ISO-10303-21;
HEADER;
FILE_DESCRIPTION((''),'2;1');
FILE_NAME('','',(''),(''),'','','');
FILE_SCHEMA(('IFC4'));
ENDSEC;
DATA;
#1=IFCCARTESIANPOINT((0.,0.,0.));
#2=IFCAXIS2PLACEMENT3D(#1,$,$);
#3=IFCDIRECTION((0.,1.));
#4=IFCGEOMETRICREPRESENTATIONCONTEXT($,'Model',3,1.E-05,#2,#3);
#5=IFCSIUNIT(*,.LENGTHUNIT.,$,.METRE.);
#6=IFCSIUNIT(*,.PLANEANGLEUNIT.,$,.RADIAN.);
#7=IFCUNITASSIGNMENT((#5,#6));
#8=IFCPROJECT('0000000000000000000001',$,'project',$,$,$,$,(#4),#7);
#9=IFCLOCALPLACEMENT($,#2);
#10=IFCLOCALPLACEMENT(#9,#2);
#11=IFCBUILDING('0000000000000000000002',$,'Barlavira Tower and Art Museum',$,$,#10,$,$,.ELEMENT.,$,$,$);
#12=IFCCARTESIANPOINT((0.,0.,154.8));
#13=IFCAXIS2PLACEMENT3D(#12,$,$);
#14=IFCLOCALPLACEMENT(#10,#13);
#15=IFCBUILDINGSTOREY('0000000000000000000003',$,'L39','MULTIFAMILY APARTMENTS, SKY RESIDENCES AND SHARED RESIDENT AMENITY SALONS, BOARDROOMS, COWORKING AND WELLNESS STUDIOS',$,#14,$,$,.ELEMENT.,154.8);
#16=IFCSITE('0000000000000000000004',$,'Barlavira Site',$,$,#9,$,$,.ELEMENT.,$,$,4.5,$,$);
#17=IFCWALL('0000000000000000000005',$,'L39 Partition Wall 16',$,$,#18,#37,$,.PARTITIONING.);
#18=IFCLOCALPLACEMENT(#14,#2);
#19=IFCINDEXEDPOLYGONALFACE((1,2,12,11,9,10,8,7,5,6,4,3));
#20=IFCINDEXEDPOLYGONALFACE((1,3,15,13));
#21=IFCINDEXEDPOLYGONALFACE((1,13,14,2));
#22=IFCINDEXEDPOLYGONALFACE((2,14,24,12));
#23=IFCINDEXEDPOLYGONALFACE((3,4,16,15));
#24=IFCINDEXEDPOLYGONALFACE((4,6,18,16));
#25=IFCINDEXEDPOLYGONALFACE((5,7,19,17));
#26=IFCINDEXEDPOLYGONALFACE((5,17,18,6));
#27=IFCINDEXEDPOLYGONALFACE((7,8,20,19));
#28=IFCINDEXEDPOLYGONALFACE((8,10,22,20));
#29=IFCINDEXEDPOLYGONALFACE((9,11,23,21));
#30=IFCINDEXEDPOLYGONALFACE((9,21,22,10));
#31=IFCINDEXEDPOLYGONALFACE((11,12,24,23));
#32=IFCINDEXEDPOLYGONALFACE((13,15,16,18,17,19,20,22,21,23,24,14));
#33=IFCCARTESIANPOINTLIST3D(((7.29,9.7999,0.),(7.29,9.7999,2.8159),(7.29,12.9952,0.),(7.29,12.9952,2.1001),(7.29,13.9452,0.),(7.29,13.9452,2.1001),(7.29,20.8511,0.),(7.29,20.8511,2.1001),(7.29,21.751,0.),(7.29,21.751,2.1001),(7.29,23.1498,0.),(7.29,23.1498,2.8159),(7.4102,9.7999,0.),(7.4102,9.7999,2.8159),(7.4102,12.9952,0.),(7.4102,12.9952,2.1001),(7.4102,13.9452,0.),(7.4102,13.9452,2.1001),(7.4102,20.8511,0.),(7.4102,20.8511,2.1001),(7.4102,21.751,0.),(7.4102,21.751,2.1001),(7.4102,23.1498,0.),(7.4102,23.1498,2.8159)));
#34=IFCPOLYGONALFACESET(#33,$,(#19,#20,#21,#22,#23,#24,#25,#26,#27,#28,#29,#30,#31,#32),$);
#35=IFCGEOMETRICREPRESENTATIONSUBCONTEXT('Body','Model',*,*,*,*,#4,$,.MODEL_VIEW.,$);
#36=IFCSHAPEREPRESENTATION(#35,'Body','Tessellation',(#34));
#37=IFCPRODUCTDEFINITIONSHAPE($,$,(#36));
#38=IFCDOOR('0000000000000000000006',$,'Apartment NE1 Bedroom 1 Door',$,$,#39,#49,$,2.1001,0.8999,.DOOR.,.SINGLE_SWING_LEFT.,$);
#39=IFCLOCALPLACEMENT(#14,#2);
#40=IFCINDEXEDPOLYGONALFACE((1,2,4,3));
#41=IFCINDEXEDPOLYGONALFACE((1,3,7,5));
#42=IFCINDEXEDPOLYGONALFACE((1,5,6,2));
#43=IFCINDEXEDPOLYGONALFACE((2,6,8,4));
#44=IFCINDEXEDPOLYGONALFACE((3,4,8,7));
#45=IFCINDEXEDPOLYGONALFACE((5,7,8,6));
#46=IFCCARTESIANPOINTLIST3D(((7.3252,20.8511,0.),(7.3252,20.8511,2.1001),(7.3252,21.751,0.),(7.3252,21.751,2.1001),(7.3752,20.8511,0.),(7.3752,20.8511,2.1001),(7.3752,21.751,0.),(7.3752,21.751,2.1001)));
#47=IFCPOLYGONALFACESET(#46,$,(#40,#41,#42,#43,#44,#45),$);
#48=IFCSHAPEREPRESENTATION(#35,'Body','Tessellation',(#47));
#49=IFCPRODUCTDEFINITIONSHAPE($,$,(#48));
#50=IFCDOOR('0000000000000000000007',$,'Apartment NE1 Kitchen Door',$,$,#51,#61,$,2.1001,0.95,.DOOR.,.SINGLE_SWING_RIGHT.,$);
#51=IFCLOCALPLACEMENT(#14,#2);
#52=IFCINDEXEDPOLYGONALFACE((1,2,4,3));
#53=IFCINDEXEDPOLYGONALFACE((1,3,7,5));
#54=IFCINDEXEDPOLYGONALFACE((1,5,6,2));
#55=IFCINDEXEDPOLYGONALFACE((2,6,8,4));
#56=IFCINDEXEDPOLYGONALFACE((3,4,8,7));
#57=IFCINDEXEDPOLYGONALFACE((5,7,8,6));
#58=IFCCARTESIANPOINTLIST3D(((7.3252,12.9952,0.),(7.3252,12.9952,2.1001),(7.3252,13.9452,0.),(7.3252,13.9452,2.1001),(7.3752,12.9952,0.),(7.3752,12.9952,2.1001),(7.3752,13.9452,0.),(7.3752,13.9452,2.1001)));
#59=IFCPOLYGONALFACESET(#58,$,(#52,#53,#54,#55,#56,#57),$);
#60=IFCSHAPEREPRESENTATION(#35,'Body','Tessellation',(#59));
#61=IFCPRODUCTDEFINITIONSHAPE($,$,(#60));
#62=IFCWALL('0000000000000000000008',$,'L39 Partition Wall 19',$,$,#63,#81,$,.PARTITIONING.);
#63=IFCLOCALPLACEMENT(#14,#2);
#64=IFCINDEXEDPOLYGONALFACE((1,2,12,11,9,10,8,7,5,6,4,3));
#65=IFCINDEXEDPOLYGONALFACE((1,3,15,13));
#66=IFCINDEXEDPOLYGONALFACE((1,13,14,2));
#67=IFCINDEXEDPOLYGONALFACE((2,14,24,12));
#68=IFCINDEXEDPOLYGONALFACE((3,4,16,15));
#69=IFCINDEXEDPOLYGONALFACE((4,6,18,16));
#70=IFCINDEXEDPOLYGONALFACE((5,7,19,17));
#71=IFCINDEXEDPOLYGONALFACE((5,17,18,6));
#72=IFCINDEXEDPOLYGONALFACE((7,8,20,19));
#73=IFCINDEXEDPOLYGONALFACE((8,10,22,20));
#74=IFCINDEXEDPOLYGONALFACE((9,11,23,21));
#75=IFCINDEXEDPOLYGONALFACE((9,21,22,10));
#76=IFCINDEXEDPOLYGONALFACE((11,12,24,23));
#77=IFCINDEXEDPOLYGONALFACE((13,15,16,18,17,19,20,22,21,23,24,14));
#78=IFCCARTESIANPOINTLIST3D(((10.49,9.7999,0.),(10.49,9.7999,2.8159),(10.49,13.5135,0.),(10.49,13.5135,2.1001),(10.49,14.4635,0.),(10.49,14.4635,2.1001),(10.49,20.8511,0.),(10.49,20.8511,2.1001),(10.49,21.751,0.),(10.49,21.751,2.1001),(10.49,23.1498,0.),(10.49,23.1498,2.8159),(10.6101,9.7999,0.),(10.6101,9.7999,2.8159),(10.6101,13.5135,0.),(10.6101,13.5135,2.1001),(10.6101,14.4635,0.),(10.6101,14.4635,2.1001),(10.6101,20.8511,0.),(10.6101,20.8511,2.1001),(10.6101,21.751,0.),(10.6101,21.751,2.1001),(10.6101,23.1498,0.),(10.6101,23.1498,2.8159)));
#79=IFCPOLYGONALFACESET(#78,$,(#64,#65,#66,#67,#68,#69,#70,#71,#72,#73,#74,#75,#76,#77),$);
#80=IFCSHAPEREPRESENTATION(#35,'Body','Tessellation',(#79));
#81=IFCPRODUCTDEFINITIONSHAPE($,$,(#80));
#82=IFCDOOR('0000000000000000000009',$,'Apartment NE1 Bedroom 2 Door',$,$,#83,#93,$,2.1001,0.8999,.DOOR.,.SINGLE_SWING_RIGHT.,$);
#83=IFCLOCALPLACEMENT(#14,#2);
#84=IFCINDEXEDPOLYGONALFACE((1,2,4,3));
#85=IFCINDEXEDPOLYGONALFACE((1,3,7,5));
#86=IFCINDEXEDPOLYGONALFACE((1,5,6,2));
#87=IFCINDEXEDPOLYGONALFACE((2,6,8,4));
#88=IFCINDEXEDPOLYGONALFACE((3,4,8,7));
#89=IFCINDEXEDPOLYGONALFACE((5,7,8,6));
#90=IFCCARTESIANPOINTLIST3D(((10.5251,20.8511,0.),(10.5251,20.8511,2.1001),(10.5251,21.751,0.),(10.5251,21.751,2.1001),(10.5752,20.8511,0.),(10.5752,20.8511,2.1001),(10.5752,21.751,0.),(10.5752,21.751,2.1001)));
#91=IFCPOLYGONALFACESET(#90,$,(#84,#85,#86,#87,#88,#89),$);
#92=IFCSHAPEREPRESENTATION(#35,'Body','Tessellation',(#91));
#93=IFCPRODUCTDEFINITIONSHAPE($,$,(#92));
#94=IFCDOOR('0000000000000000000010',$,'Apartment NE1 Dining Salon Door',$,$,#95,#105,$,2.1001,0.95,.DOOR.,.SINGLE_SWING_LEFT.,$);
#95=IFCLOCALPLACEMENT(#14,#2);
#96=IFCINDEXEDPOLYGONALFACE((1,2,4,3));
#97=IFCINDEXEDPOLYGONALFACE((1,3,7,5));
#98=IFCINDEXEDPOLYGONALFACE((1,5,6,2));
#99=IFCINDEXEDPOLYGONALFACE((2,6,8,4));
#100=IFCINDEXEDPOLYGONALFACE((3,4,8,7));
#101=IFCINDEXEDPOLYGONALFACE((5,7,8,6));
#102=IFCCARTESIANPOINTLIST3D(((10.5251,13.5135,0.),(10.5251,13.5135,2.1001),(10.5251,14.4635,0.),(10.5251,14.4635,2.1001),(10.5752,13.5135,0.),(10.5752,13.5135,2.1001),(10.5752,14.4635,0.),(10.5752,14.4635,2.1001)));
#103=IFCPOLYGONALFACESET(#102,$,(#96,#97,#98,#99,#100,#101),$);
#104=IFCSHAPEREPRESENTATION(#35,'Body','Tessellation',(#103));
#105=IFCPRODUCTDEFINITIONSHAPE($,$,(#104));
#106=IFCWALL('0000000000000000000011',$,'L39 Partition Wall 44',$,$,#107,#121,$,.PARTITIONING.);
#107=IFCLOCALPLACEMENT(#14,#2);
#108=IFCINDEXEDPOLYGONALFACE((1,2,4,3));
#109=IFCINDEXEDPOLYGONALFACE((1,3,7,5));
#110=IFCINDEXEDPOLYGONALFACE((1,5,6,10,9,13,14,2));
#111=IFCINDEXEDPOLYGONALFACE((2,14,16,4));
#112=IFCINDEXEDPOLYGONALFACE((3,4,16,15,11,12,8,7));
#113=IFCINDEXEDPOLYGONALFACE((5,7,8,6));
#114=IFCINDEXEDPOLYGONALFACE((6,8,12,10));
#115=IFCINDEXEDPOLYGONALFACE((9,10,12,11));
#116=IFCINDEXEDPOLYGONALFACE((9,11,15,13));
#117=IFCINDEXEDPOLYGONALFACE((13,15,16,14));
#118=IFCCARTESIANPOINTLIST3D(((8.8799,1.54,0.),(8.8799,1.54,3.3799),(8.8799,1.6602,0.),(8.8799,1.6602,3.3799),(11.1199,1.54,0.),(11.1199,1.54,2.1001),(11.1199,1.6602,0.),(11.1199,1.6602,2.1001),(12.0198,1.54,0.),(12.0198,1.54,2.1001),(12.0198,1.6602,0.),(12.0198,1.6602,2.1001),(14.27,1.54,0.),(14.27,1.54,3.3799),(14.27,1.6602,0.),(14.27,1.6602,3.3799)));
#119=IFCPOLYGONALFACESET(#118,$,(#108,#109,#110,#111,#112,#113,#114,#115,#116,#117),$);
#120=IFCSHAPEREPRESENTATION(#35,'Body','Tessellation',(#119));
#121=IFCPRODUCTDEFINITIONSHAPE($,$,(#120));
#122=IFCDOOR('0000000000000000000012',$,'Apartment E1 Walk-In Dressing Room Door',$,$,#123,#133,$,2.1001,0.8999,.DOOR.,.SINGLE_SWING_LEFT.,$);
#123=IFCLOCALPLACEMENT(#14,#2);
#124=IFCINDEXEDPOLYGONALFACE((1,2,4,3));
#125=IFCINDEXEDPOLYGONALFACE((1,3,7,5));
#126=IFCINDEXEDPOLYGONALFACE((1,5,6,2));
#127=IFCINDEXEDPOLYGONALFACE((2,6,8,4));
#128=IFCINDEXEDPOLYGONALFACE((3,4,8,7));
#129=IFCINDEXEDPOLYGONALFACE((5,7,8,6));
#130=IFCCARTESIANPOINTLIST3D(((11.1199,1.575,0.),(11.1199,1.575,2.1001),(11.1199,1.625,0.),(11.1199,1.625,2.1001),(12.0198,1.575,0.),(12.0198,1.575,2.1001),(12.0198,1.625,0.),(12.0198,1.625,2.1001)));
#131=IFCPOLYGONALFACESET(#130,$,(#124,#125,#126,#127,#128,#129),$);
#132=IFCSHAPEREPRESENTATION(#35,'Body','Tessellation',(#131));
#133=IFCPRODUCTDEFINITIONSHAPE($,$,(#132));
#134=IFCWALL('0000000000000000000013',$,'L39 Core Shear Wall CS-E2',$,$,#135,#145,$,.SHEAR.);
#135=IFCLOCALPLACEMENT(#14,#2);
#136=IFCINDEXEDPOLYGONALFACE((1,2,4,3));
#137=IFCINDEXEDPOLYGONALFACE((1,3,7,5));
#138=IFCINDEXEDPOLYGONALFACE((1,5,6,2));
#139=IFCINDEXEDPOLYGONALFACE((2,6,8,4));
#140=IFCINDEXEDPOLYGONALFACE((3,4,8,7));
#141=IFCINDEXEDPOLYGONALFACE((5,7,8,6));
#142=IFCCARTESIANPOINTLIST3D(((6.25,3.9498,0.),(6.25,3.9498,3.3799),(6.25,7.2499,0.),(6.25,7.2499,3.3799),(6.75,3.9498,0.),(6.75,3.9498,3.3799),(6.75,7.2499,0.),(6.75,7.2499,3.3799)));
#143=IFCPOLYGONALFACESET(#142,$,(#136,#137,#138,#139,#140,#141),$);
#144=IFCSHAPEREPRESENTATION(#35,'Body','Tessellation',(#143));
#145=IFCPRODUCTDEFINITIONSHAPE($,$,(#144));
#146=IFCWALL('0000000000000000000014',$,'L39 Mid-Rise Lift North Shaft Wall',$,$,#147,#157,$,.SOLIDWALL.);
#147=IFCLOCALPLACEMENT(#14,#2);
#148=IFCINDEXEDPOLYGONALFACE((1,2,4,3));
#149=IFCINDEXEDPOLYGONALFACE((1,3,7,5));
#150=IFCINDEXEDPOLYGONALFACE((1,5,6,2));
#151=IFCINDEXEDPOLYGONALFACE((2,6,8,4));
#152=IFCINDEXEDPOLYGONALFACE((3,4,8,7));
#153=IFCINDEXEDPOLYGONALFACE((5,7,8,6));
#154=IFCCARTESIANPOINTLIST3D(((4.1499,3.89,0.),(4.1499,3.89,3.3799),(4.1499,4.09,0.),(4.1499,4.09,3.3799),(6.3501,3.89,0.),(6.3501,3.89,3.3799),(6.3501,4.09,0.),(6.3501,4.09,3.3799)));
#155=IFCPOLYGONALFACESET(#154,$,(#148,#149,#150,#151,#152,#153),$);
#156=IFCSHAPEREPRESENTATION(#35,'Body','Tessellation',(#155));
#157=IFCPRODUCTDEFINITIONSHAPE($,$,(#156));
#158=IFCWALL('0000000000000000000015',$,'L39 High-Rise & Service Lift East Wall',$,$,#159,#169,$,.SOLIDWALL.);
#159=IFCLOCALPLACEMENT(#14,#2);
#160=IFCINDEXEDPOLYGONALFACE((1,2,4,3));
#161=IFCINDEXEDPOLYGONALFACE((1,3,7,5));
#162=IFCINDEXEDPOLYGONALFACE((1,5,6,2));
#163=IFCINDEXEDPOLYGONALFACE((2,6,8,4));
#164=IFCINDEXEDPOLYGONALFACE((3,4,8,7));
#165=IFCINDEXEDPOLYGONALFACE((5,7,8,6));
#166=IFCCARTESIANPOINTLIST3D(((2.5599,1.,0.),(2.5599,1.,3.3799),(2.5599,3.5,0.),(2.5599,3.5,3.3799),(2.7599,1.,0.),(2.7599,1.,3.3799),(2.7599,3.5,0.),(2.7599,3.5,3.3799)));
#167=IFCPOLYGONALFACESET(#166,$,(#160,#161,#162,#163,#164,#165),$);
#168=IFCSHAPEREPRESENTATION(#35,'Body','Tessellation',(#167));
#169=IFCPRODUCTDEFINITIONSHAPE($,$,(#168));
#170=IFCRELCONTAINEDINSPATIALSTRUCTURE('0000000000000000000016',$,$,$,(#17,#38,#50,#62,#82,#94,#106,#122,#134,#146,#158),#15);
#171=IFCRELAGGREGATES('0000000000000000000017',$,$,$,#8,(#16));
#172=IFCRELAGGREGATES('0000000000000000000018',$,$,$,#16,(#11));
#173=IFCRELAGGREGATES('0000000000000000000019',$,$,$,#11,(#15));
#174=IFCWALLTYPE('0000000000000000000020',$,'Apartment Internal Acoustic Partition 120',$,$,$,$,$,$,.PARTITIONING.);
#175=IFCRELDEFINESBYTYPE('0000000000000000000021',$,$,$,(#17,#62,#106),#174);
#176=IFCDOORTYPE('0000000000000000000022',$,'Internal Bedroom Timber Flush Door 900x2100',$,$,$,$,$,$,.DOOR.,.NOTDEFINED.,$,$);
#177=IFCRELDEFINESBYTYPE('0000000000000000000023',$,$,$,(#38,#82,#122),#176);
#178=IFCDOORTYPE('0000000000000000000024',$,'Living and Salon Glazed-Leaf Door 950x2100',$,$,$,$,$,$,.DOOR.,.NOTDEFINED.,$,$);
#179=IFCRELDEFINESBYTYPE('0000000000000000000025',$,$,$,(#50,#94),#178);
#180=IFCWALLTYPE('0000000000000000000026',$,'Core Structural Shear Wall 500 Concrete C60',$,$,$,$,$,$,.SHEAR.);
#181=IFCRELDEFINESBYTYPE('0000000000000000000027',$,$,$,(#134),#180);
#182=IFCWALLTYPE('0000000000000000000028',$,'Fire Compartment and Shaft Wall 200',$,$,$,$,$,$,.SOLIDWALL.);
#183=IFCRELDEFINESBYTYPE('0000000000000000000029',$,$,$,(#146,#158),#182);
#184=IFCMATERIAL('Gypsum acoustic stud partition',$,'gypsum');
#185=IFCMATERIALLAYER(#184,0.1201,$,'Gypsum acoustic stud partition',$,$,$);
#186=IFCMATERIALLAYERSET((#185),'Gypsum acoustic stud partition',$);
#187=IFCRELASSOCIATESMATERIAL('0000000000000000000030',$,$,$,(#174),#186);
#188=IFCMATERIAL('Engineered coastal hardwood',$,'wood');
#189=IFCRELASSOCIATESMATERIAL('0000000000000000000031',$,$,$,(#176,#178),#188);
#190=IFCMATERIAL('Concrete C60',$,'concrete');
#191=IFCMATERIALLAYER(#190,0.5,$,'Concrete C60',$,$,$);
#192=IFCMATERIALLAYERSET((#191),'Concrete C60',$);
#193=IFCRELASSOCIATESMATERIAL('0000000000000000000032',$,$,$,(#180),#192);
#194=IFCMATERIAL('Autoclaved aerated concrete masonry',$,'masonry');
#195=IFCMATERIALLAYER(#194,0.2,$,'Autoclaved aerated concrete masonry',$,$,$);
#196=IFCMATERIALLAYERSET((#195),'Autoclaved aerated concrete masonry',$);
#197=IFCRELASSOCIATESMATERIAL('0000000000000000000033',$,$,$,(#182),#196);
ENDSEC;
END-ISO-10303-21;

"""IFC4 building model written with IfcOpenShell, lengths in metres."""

from ifc_helpers import new_model, si_unit, direction, frame, frame_2d, origin, place, context, subcontext, project, spatial, rectangle, extrude, material, layer, layer_set, type_object, element, fill, save


model = new_model("IFC4")

# Units and contexts
model_context = context("Model", 3, precision=1e-05, world=origin(), true_north=direction((0.0, 1.0)))
body_context = subcontext(model_context, "Body", "Model", "MODEL_VIEW")
ifc_project = project(units=[si_unit("LENGTHUNIT", "METRE"), si_unit("PLANEANGLEUNIT", "RADIAN")], contexts=[model_context])

# Site, building, storey
site_placement = place(None, origin())
site = spatial("IfcSite", under=ifc_project, at=site_placement, Name="Barlavira Site", CompositionType="ELEMENT", RefElevation=4.5)
building_placement = place(site_placement, origin())
building = spatial("IfcBuilding", under=site, at=building_placement, Name="Barlavira Tower and Art Museum", CompositionType="ELEMENT")
storey_placement = place(building_placement, frame((0.0, 0.0, 154.8)))
storey = spatial("IfcBuildingStorey", under=building, at=storey_placement, Name="L39", Description="MULTIFAMILY APARTMENTS, SKY RESIDENCES AND SHARED RESIDENT AMENITY SALONS, BOARDROOMS, COWORKING AND WELLNESS STUDIOS", CompositionType="ELEMENT", Elevation=154.8)

# Walls, openings, doors
ifc_material_1 = material(Name="Gypsum acoustic stud partition", Category="gypsum")
ifc_layer_1 = layer(ifc_material_1, 0.1201, Name="Gypsum acoustic stud partition")
ifc_layer_set_1 = layer_set([ifc_layer_1], Name="Gypsum acoustic stud partition")
wall_type_1 = type_object("IfcWallType", Name="Apartment Internal Acoustic Partition 120", PredefinedType="PARTITIONING", material=ifc_layer_set_1)
wall_1_placement = place(storey_placement, frame((7.3501, 9.8, 0.0), z_axis=(0.0, 0.0, 1.0), x_axis=(0.0, 1.0, 0.0)))
wall_1 = element("IfcWall", 1, at=wall_1_placement, inside=storey, type_object=wall_type_1, Name="L39 Partition Wall 16", PredefinedType="PARTITIONING", context=body_context, shape_type="SweptSolid", body=[
    extrude(rectangle(XDim=13.3499, YDim=0.1201, at=frame_2d((6.6748, 0.0))), origin(), (0.0, 0.0, 1.0), 2.8159),
])
opening_1_placement = place(wall_1_placement, frame((3.1951, 0.0, 0.0)))
opening_1 = element("IfcOpeningElement", 2, at=opening_1_placement, cuts=wall_1, PredefinedType="OPENING", context=body_context, shape_type="SweptSolid", body=[
    extrude(rectangle(XDim=0.95, YDim=2.1001, at=frame_2d((0.4751, 1.05))), frame((0.0, 0.0701, 0.0), z_axis=(0.0, -1.0, 0.0), x_axis=(1.0, 0.0, 0.0)), (0.0, 0.0, 1.0), 0.1401),
])
opening_2_placement = place(wall_1_placement, frame((11.051, 0.0, 0.0)))
opening_2 = element("IfcOpeningElement", 3, at=opening_2_placement, cuts=wall_1, PredefinedType="OPENING", context=body_context, shape_type="SweptSolid", body=[
    extrude(rectangle(XDim=0.8999, YDim=2.1001, at=frame_2d((0.45, 1.05))), frame((0.0, 0.0701, 0.0), z_axis=(0.0, -1.0, 0.0), x_axis=(1.0, 0.0, 0.0)), (0.0, 0.0, 1.0), 0.1401),
])
ifc_material_2 = material(Name="Engineered coastal hardwood", Category="wood")
door_type_1 = type_object("IfcDoorType", Name="Internal Bedroom Timber Flush Door 900x2100", OperationType="NOTDEFINED", PredefinedType="DOOR", material=ifc_material_2)
door_1_placement = place(opening_2_placement, origin())
door_1 = element("IfcDoor", 4, at=door_1_placement, inside=storey, type_object=door_type_1, Name="Apartment NE1 Bedroom 1 Door", OperationType="SINGLE_SWING_LEFT", OverallHeight=2.1001, OverallWidth=0.8999, PredefinedType="DOOR", context=body_context, shape_type="SweptSolid", body=[
    extrude(rectangle(XDim=0.8999, YDim=2.1001, at=frame_2d((0.45, 1.05))), frame((0.0, 0.0249, 0.0), z_axis=(0.0, -1.0, 0.0), x_axis=(1.0, 0.0, 0.0)), (0.0, 0.0, 1.0), 0.05),
])
fill(opening_2, door_1)
door_type_2 = type_object("IfcDoorType", Name="Living and Salon Glazed-Leaf Door 950x2100", OperationType="NOTDEFINED", PredefinedType="DOOR", material=ifc_material_2)
door_2_placement = place(opening_1_placement, origin())
door_2 = element("IfcDoor", 5, at=door_2_placement, inside=storey, type_object=door_type_2, Name="Apartment NE1 Kitchen Door", OperationType="SINGLE_SWING_RIGHT", OverallHeight=2.1001, OverallWidth=0.95, PredefinedType="DOOR", context=body_context, shape_type="SweptSolid", body=[
    extrude(rectangle(XDim=0.95, YDim=2.1001, at=frame_2d((0.4751, 1.05))), frame((0.0, 0.0249, 0.0), z_axis=(0.0, -1.0, 0.0), x_axis=(1.0, 0.0, 0.0)), (0.0, 0.0, 1.0), 0.05),
])
fill(opening_1, door_2)
wall_2_placement = place(storey_placement, frame((10.55, 9.8, 0.0), z_axis=(0.0, 0.0, 1.0), x_axis=(0.0, 1.0, 0.0)))
wall_2 = element("IfcWall", 6, at=wall_2_placement, inside=storey, type_object=wall_type_1, Name="L39 Partition Wall 19", PredefinedType="PARTITIONING", context=body_context, shape_type="SweptSolid", body=[
    extrude(rectangle(XDim=13.3499, YDim=0.1201, at=frame_2d((6.6748, 0.0))), origin(), (0.0, 0.0, 1.0), 2.8159),
])
opening_3_placement = place(wall_2_placement, frame((3.7134, 0.0, 0.0)))
opening_3 = element("IfcOpeningElement", 7, at=opening_3_placement, cuts=wall_2, PredefinedType="OPENING", context=body_context, shape_type="SweptSolid", body=[
    extrude(rectangle(XDim=0.95, YDim=2.1001, at=frame_2d((0.4751, 1.05))), frame((0.0, 0.0701, 0.0), z_axis=(0.0, -1.0, 0.0), x_axis=(1.0, 0.0, 0.0)), (0.0, 0.0, 1.0), 0.1401),
])
opening_4_placement = place(wall_2_placement, frame((11.051, 0.0, 0.0)))
opening_4 = element("IfcOpeningElement", 8, at=opening_4_placement, cuts=wall_2, PredefinedType="OPENING", context=body_context, shape_type="SweptSolid", body=[
    extrude(rectangle(XDim=0.8999, YDim=2.1001, at=frame_2d((0.45, 1.05))), frame((0.0, 0.0701, 0.0), z_axis=(0.0, -1.0, 0.0), x_axis=(1.0, 0.0, 0.0)), (0.0, 0.0, 1.0), 0.1401),
])
door_3_placement = place(opening_4_placement, origin())
door_3 = element("IfcDoor", 9, at=door_3_placement, inside=storey, type_object=door_type_1, Name="Apartment NE1 Bedroom 2 Door", OperationType="SINGLE_SWING_RIGHT", OverallHeight=2.1001, OverallWidth=0.8999, PredefinedType="DOOR", context=body_context, shape_type="SweptSolid", body=[
    extrude(rectangle(XDim=0.8999, YDim=2.1001, at=frame_2d((0.45, 1.05))), frame((0.0, 0.0249, 0.0), z_axis=(0.0, -1.0, 0.0), x_axis=(1.0, 0.0, 0.0)), (0.0, 0.0, 1.0), 0.05),
])
fill(opening_4, door_3)
door_4_placement = place(opening_3_placement, origin())
door_4 = element("IfcDoor", 10, at=door_4_placement, inside=storey, type_object=door_type_2, Name="Apartment NE1 Dining Salon Door", OperationType="SINGLE_SWING_LEFT", OverallHeight=2.1001, OverallWidth=0.95, PredefinedType="DOOR", context=body_context, shape_type="SweptSolid", body=[
    extrude(rectangle(XDim=0.95, YDim=2.1001, at=frame_2d((0.4751, 1.05))), frame((0.0, 0.0249, 0.0), z_axis=(0.0, -1.0, 0.0), x_axis=(1.0, 0.0, 0.0)), (0.0, 0.0, 1.0), 0.05),
])
fill(opening_3, door_4)

# Wall, opening, door
wall_3_placement = place(storey_placement, frame((8.8799, 1.6001, 0.0), z_axis=(0.0, 0.0, 1.0), x_axis=(1.0, 0.0, 0.0)))
wall_3 = element("IfcWall", 11, at=wall_3_placement, inside=storey, type_object=wall_type_1, Name="L39 Partition Wall 44", PredefinedType="PARTITIONING", context=body_context, shape_type="SweptSolid", body=[
    extrude(rectangle(XDim=5.3901, YDim=0.1201, at=frame_2d((2.6951, 0.0))), origin(), (0.0, 0.0, 1.0), 3.3799),
])
opening_5_placement = place(wall_3_placement, frame((2.24, 0.0, 0.0)))
opening_5 = element("IfcOpeningElement", 12, at=opening_5_placement, cuts=wall_3, PredefinedType="OPENING", context=body_context, shape_type="SweptSolid", body=[
    extrude(rectangle(XDim=0.8999, YDim=2.1001, at=frame_2d((0.45, 1.05))), frame((0.0, 0.0701, 0.0), z_axis=(0.0, -1.0, 0.0), x_axis=(1.0, 0.0, 0.0)), (0.0, 0.0, 1.0), 0.1401),
])
door_5_placement = place(opening_5_placement, origin())
door_5 = element("IfcDoor", 13, at=door_5_placement, inside=storey, type_object=door_type_1, Name="Apartment E1 Walk-In Dressing Room Door", OperationType="SINGLE_SWING_LEFT", OverallHeight=2.1001, OverallWidth=0.8999, PredefinedType="DOOR", context=body_context, shape_type="SweptSolid", body=[
    extrude(rectangle(XDim=0.8999, YDim=2.1001, at=frame_2d((0.45, 1.05))), frame((0.0, 0.0249, 0.0), z_axis=(0.0, -1.0, 0.0), x_axis=(1.0, 0.0, 0.0)), (0.0, 0.0, 1.0), 0.05),
])
fill(opening_5, door_5)

# Walls
ifc_material_3 = material(Name="Concrete C60", Category="concrete")
ifc_layer_2 = layer(ifc_material_3, 0.5, Name="Concrete C60")
ifc_layer_set_2 = layer_set([ifc_layer_2], Name="Concrete C60")
wall_type_2 = type_object("IfcWallType", Name="Core Structural Shear Wall 500 Concrete C60", PredefinedType="SHEAR", material=ifc_layer_set_2)
wall_4_placement = place(storey_placement, frame((6.5, 3.95, 0.0), z_axis=(0.0, 0.0, 1.0), x_axis=(0.0, 1.0, 0.0)))
element("IfcWall", 14, at=wall_4_placement, inside=storey, type_object=wall_type_2, Name="L39 Core Shear Wall CS-E2", PredefinedType="SHEAR", context=body_context, shape_type="SweptSolid", body=[
    extrude(rectangle(XDim=3.3, YDim=0.5, at=frame_2d((1.6499, 0.0))), origin(), (0.0, 0.0, 1.0), 3.3799),
])
ifc_material_4 = material(Name="Autoclaved aerated concrete masonry", Category="masonry")
ifc_layer_3 = layer(ifc_material_4, 0.2, Name="Autoclaved aerated concrete masonry")
ifc_layer_set_3 = layer_set([ifc_layer_3], Name="Autoclaved aerated concrete masonry")
wall_type_3 = type_object("IfcWallType", Name="Fire Compartment and Shaft Wall 200", PredefinedType="SOLIDWALL", material=ifc_layer_set_3)
wall_5_placement = place(storey_placement, frame((4.1499, 3.99, 0.0), z_axis=(0.0, 0.0, 1.0), x_axis=(1.0, 0.0, 0.0)))
element("IfcWall", 15, at=wall_5_placement, inside=storey, type_object=wall_type_3, Name="L39 Mid-Rise Lift North Shaft Wall", PredefinedType="SOLIDWALL", context=body_context, shape_type="SweptSolid", body=[
    extrude(rectangle(XDim=2.2002, YDim=0.2, at=frame_2d((1.1001, 0.0))), origin(), (0.0, 0.0, 1.0), 3.3799),
])
wall_6_placement = place(storey_placement, frame((2.6599, 1.0, 0.0), z_axis=(0.0, 0.0, 1.0), x_axis=(0.0, 1.0, 0.0)))
element("IfcWall", 16, at=wall_6_placement, inside=storey, type_object=wall_type_3, Name="L39 High-Rise & Service Lift East Wall", PredefinedType="SOLIDWALL", context=body_context, shape_type="SweptSolid", body=[
    extrude(rectangle(XDim=2.5, YDim=0.2, at=frame_2d((1.25, 0.0))), origin(), (0.0, 0.0, 1.0), 3.3799),
])

save(model, "model.ifc")
